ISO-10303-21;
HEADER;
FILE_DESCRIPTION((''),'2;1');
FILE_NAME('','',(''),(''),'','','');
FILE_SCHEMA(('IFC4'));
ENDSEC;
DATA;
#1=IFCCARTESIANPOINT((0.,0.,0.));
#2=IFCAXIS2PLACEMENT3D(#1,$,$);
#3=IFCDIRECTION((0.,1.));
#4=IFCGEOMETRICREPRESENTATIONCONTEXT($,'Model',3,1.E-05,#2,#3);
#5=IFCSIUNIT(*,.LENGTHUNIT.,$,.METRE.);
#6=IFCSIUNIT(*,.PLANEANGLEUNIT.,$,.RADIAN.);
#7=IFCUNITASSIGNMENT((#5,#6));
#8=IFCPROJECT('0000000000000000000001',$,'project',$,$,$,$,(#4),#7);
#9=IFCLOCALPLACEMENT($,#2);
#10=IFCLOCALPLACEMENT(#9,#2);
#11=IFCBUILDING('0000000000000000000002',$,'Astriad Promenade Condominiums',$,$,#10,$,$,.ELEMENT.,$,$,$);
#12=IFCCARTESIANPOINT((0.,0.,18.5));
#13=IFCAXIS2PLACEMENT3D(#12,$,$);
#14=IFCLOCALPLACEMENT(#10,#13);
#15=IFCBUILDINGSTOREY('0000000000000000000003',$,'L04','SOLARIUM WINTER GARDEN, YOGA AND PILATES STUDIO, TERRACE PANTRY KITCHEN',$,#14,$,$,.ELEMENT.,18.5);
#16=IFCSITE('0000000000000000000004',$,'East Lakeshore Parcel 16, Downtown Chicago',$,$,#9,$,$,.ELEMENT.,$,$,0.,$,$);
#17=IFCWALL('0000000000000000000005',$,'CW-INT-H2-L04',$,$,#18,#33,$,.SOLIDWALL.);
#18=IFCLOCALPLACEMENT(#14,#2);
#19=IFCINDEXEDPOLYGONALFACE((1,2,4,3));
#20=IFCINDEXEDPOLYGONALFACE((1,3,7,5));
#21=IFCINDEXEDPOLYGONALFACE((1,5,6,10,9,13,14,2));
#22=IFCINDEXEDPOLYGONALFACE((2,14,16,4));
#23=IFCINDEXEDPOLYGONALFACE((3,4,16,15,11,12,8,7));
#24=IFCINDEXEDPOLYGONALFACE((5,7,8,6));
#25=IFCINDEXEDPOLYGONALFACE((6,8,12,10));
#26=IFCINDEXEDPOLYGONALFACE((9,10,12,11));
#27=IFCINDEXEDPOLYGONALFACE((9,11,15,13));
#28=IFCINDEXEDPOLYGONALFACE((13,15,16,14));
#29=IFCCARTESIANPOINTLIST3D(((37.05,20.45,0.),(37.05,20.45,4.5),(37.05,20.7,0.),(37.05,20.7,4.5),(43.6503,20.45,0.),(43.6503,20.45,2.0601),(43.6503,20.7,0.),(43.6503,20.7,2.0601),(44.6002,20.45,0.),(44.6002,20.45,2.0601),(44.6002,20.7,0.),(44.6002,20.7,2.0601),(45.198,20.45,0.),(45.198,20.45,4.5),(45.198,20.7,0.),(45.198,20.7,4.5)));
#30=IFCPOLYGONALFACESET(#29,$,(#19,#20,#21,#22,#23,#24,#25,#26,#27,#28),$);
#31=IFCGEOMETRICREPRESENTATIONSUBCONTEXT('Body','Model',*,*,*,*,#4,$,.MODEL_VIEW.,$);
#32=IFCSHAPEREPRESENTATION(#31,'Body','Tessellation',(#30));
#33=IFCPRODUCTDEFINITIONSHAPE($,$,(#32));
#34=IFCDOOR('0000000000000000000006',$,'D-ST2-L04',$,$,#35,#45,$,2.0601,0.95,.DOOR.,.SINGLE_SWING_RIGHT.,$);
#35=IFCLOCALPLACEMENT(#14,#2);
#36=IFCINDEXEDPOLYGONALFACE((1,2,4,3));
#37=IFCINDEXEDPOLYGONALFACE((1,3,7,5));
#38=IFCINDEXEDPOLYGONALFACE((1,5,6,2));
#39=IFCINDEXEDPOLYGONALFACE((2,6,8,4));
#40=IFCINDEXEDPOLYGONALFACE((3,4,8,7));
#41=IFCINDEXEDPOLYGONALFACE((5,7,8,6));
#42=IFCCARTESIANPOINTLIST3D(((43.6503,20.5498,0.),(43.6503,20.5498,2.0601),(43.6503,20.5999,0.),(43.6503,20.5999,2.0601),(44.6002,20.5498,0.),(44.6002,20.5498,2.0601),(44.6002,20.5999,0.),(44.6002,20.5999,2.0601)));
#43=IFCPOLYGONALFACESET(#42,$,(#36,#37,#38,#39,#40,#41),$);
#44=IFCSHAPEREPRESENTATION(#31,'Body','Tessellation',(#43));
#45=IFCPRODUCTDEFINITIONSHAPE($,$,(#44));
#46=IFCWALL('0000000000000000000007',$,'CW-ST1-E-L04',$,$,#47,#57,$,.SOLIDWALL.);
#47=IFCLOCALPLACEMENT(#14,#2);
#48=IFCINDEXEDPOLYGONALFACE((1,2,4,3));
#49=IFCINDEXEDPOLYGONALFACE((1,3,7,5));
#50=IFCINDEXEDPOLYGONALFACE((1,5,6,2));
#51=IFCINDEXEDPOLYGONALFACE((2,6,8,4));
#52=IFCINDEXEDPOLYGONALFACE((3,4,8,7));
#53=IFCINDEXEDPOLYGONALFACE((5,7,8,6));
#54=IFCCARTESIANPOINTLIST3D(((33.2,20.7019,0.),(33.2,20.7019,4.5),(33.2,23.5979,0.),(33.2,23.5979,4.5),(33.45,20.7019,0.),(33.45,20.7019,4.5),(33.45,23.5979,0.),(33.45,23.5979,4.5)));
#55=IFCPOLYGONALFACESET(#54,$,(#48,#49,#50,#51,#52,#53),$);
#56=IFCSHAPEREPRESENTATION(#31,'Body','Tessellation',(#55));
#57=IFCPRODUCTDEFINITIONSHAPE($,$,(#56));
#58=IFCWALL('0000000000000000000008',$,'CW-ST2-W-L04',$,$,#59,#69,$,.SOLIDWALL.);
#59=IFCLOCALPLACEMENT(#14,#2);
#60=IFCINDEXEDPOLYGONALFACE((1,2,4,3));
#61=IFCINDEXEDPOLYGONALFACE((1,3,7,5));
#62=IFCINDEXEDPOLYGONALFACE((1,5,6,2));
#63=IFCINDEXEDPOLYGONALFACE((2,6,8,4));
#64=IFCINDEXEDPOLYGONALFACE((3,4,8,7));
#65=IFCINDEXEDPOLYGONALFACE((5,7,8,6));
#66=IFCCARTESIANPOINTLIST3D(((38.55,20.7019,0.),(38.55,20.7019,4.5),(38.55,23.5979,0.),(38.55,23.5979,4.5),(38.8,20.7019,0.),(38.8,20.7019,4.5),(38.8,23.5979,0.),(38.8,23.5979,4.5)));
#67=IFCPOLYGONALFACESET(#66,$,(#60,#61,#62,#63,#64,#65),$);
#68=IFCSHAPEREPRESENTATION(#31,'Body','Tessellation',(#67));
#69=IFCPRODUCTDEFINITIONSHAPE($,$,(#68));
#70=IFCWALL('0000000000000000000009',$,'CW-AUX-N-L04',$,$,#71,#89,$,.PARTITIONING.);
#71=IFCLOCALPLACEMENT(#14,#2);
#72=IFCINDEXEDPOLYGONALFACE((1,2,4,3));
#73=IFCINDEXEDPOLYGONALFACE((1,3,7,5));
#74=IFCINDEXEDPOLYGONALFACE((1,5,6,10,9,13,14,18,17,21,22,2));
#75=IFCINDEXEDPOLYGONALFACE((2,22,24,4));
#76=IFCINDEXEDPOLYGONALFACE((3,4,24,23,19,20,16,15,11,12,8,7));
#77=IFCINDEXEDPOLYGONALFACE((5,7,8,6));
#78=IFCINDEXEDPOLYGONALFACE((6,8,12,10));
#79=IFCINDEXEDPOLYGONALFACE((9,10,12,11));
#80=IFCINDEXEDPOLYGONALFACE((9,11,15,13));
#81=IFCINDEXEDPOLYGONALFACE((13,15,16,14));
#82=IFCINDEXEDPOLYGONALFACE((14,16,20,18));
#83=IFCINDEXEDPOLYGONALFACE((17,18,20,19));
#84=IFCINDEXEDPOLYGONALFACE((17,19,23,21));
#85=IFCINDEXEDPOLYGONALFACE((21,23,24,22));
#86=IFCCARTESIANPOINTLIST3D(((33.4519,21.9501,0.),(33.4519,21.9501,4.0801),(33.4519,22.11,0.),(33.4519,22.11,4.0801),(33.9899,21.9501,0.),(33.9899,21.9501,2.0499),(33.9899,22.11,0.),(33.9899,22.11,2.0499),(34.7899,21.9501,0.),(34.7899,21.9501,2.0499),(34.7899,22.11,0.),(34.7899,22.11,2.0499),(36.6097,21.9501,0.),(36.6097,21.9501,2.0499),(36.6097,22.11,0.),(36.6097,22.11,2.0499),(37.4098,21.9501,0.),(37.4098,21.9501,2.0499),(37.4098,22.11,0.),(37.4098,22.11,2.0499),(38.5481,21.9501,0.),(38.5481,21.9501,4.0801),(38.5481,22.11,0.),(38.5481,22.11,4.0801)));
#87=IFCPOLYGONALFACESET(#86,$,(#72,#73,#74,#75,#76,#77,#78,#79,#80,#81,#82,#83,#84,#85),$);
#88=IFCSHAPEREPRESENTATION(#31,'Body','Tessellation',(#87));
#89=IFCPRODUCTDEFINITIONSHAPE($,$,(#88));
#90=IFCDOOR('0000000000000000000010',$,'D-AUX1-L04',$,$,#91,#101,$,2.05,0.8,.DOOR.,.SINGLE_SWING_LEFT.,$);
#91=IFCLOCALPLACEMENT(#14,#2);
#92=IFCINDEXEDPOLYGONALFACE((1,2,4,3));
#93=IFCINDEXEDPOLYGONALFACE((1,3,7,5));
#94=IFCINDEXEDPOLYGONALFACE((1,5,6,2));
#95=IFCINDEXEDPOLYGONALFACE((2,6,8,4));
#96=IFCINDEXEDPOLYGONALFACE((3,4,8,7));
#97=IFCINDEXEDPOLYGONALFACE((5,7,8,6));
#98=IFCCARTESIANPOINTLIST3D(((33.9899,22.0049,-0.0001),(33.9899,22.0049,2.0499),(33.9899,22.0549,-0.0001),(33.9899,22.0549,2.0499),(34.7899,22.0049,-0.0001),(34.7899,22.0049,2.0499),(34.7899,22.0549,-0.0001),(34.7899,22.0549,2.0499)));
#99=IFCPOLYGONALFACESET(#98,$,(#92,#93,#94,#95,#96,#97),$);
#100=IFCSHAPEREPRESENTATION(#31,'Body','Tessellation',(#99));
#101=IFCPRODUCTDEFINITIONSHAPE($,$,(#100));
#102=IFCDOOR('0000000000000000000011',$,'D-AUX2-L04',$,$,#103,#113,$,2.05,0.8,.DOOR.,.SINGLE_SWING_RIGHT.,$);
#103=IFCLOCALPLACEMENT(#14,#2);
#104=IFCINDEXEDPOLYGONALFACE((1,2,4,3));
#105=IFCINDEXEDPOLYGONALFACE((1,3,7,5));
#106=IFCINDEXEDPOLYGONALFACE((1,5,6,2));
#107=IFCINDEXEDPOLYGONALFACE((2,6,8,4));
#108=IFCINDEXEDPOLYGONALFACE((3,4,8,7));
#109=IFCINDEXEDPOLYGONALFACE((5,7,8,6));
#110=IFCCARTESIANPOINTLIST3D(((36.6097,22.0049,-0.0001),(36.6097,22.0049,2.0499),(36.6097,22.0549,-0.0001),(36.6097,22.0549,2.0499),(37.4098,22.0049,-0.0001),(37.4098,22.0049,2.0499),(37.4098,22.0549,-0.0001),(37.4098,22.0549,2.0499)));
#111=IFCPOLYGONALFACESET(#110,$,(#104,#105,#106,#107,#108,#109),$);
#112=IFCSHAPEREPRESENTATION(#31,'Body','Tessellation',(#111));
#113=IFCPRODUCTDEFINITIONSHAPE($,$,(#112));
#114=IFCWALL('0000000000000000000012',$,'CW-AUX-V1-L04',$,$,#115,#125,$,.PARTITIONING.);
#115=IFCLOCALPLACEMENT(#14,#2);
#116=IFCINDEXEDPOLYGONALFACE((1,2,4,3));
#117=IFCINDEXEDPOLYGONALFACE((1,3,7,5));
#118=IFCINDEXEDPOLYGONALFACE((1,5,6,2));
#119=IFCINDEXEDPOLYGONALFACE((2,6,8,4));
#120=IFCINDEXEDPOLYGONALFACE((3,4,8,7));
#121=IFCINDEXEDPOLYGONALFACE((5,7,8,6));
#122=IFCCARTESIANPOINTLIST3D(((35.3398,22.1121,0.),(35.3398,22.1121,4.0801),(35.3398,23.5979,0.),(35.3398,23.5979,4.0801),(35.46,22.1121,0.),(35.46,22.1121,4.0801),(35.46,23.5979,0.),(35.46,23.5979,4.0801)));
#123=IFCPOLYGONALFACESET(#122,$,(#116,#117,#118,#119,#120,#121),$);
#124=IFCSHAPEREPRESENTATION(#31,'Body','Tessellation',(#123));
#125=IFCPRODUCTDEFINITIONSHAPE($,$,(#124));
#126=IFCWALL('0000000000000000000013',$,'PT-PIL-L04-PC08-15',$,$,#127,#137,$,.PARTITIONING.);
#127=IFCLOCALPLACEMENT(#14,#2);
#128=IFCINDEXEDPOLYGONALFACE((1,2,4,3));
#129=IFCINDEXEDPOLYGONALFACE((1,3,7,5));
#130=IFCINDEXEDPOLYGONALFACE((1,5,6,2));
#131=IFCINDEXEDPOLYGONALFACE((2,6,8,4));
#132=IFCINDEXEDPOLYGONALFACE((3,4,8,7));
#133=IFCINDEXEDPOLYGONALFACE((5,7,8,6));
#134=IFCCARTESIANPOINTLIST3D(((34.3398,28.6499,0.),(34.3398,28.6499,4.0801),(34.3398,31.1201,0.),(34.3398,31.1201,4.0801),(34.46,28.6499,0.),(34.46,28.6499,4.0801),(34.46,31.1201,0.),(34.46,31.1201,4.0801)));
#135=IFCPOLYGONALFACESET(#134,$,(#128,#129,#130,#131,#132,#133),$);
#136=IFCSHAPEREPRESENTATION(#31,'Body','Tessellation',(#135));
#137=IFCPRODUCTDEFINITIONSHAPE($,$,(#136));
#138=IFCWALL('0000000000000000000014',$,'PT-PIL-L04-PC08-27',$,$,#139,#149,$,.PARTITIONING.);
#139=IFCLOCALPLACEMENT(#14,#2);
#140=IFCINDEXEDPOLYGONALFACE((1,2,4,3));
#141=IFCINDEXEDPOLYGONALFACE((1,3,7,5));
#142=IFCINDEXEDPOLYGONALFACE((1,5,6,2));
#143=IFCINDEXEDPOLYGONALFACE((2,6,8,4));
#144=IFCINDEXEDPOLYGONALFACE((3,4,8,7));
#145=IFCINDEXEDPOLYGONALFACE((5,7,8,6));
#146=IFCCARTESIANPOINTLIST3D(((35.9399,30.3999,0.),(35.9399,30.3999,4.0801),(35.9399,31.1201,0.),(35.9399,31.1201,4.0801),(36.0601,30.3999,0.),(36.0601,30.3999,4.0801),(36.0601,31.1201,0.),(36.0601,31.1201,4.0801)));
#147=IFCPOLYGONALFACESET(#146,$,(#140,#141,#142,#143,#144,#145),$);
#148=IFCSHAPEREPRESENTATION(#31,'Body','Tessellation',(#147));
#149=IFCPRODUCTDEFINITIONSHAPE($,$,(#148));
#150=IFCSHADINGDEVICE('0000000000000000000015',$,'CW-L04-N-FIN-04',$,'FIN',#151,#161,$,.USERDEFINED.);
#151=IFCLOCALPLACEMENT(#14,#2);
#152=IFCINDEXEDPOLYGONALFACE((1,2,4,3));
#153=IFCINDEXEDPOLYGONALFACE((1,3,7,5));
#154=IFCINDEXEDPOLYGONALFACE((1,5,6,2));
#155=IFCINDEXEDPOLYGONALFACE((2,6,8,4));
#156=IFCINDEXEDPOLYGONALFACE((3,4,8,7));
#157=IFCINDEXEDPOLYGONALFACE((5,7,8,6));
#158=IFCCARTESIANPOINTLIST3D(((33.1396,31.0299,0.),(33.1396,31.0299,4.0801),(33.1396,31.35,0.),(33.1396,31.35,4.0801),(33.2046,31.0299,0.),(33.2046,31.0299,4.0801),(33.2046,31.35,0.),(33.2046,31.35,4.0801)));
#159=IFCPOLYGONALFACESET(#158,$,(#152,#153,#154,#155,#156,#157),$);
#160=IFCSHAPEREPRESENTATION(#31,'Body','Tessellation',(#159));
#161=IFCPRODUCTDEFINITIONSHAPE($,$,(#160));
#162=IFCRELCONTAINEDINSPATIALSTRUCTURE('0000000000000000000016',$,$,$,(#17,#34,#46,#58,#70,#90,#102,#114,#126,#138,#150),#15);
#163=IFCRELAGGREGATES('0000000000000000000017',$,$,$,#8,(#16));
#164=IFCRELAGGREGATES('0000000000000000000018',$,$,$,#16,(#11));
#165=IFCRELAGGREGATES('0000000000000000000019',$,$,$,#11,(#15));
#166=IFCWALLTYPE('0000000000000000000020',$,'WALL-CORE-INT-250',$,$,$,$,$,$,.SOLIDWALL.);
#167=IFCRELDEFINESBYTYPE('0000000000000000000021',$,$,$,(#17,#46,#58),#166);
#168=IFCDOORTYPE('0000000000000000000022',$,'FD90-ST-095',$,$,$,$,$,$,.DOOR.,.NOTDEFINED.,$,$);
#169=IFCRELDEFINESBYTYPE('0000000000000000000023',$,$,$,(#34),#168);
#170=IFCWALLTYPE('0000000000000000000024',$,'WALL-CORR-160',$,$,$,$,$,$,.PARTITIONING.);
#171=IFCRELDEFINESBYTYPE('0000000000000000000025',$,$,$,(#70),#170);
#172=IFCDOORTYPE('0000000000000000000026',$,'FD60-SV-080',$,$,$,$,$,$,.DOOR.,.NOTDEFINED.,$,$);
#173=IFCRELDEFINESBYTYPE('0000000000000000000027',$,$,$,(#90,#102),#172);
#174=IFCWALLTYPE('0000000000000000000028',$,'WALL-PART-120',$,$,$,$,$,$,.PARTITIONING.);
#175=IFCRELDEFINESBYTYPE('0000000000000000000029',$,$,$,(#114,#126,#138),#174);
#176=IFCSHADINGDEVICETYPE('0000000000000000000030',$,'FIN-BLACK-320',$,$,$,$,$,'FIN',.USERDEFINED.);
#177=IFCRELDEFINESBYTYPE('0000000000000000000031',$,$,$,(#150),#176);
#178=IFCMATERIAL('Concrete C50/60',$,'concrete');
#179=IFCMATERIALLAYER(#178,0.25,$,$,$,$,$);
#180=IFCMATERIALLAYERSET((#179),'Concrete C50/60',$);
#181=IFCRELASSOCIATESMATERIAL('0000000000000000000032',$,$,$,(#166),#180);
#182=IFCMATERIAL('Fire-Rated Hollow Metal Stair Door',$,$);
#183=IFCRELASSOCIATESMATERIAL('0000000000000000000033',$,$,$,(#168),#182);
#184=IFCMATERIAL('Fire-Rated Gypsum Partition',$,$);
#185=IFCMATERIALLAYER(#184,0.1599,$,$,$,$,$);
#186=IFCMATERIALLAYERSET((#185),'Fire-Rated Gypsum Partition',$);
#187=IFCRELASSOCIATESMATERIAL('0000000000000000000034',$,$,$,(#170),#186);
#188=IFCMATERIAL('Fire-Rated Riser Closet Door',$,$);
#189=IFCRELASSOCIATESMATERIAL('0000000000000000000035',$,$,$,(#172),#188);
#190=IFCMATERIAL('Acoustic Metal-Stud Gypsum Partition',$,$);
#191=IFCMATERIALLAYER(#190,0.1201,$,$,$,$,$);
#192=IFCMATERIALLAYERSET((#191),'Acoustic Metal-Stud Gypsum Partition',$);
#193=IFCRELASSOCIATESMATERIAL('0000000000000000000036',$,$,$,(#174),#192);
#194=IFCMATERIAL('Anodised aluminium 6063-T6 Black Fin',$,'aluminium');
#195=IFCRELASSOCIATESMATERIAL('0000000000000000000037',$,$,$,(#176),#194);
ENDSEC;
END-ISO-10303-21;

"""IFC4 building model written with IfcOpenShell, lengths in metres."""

from ifc_helpers import new_model, si_unit, direction, frame, frame_2d, origin, origin_2d, place, context, subcontext, project, spatial, rectangle, extrude, source, transform, mapped, material, layer, layer_set, type_object, type_shapes, element, fill, save


model = new_model("IFC4")

# Units and contexts
model_context = context("Model", 3, precision=1e-05, world=origin(), true_north=direction((0.0, 1.0)))
body_context = subcontext(model_context, "Body", "Model", "MODEL_VIEW")
ifc_project = project(units=[si_unit("LENGTHUNIT", "METRE"), si_unit("PLANEANGLEUNIT", "RADIAN")], contexts=[model_context])

# Site, building, storey
site_placement = place(None, origin())
site = spatial("IfcSite", under=ifc_project, at=site_placement, Name="East Lakeshore Parcel 16, Downtown Chicago", CompositionType="ELEMENT", RefElevation=0.0)
building_placement = place(site_placement, origin())
building = spatial("IfcBuilding", under=site, at=building_placement, Name="Astriad Promenade Condominiums", CompositionType="ELEMENT")
storey_placement = place(building_placement, frame((0.0, 0.0, 18.5)))
storey = spatial("IfcBuildingStorey", under=building, at=storey_placement, Name="L04", Description="SOLARIUM WINTER GARDEN, YOGA AND PILATES STUDIO, TERRACE PANTRY KITCHEN", CompositionType="ELEMENT", Elevation=18.5)

# Wall, opening, door
ifc_material_1 = material(Name="Concrete C50/60", Category="concrete")
ifc_layer_1 = layer(ifc_material_1, 0.25)
ifc_layer_set_1 = layer_set([ifc_layer_1], Name="Concrete C50/60")
wall_type_1 = type_object("IfcWallType", Name="WALL-CORE-INT-250", PredefinedType="SOLIDWALL", material=ifc_layer_set_1)
wall_1_placement = place(storey_placement, frame((37.05, 20.575, 0.0), z_axis=(0.0, 0.0, 1.0), x_axis=(1.0, 0.0, 0.0)))
wall_1 = element("IfcWall", 1, at=wall_1_placement, inside=storey, type_object=wall_type_1, Name="CW-INT-H2-L04", PredefinedType="SOLIDWALL", context=body_context, shape_type="SweptSolid", body=[
    extrude(rectangle(XDim=8.1479, YDim=0.25, at=frame_2d((4.074, 0.0))), origin(), (0.0, 0.0, 1.0), 4.5),
])
opening_1_placement = place(wall_1_placement, frame((6.6001, 0.0, 0.0)))
opening_1 = element("IfcOpeningElement", 2, at=opening_1_placement, cuts=wall_1, PredefinedType="OPENING", context=body_context, shape_type="SweptSolid", body=[
    extrude(rectangle(XDim=0.95, YDim=2.0601, at=frame_2d((0.4751, 1.03))), frame((0.0, 0.135, 0.0), z_axis=(0.0, -1.0, 0.0), x_axis=(1.0, 0.0, 0.0)), (0.0, 0.0, 1.0), 0.27),
])
ifc_material_2 = material(Name="Fire-Rated Hollow Metal Stair Door")
door_type_1 = type_object("IfcDoorType", Name="FD90-ST-095", OperationType="NOTDEFINED", PredefinedType="DOOR", material=ifc_material_2)
shared_shape_1 = source(origin(), body_context, "Body", "SweptSolid", [
    extrude(rectangle(XDim=0.95, YDim=2.0601, at=frame_2d((0.4751, 1.03))), frame((0.0, 0.0249, 0.0), z_axis=(0.0, -1.0, 0.0), x_axis=(1.0, 0.0, 0.0)), (0.0, 0.0, 1.0), 0.05),
])
type_shapes(door_type_1, [shared_shape_1])
door_1_placement = place(opening_1_placement, origin())
door_1 = element("IfcDoor", 3, at=door_1_placement, inside=storey, type_object=door_type_1, Name="D-ST2-L04", OperationType="SINGLE_SWING_RIGHT", OverallHeight=2.0601, OverallWidth=0.95, PredefinedType="DOOR", context=body_context, shape_type="MappedRepresentation", body=[
    mapped(shared_shape_1, transform((0.0, 0.0, 0.0), scale=1.0)),
])
fill(opening_1, door_1)

# Walls
for number, where, z_axis, x_axis, name in (
    (4, (33.325, 20.7019, 0.0), (0.0, 0.0, 1.0), (0.0, 1.0, 0.0), "CW-ST1-E-L04"),
    (5, (38.675, 20.7019, 0.0), (0.0, 0.0, 1.0), (0.0, 1.0, 0.0), "CW-ST2-W-L04"),
):
    element("IfcWall", number, at=place(storey_placement, frame(where, z_axis=z_axis, x_axis=x_axis)), inside=storey, type_object=wall_type_1, Name=name, PredefinedType="SOLIDWALL", context=body_context, shape_type="SweptSolid", body=[
        extrude(rectangle(XDim=2.896, YDim=0.25, at=frame_2d((1.448, 0.0))), origin(), (0.0, 0.0, 1.0), 4.5),
    ])

# Wall, openings, doors
ifc_material_3 = material(Name="Fire-Rated Gypsum Partition")
ifc_layer_2 = layer(ifc_material_3, 0.1599)
ifc_layer_set_2 = layer_set([ifc_layer_2], Name="Fire-Rated Gypsum Partition")
wall_type_2 = type_object("IfcWallType", Name="WALL-CORR-160", PredefinedType="PARTITIONING", material=ifc_layer_set_2)
wall_2_placement = place(storey_placement, frame((33.4519, 22.03, 0.0), z_axis=(0.0, 0.0, 1.0), x_axis=(1.0, 0.0, 0.0)))
wall_2 = element("IfcWall", 6, at=wall_2_placement, inside=storey, type_object=wall_type_2, Name="CW-AUX-N-L04", PredefinedType="PARTITIONING", context=body_context, shape_type="SweptSolid", body=[
    extrude(rectangle(XDim=5.0962, YDim=0.1599, at=frame_2d((2.5481, 0.0))), origin(), (0.0, 0.0, 1.0), 4.0801),
])
opening_2_placement = place(wall_2_placement, frame((0.5381, 0.0, 0.0)))
opening_2 = element("IfcOpeningElement", 7, at=opening_2_placement, cuts=wall_2, PredefinedType="OPENING", context=body_context, shape_type="SweptSolid", body=[
    extrude(rectangle(XDim=0.8, YDim=2.05, at=frame_2d((0.3999, 1.0249))), frame((0.0, 0.0898, 0.0), z_axis=(0.0, -1.0, 0.0), x_axis=(1.0, 0.0, 0.0)), (0.0, 0.0, 1.0), 0.1799),
])
opening_3_placement = place(wall_2_placement, frame((3.158, 0.0, 0.0)))
opening_3 = element("IfcOpeningElement", 8, at=opening_3_placement, cuts=wall_2, PredefinedType="OPENING", context=body_context, shape_type="SweptSolid", body=[
    extrude(rectangle(XDim=0.8, YDim=2.05, at=frame_2d((0.3999, 1.0249))), frame((0.0, 0.0898, 0.0), z_axis=(0.0, -1.0, 0.0), x_axis=(1.0, 0.0, 0.0)), (0.0, 0.0, 1.0), 0.1799),
])
ifc_material_4 = material(Name="Fire-Rated Riser Closet Door")
door_type_2 = type_object("IfcDoorType", Name="FD60-SV-080", OperationType="NOTDEFINED", PredefinedType="DOOR", material=ifc_material_4)
shared_shape_2 = source(origin(), body_context, "Body", "SweptSolid", [
    extrude(rectangle(XDim=0.8, YDim=2.05, at=frame_2d((0.3999, 1.0249))), frame((0.0, 0.0249, 0.0), z_axis=(0.0, -1.0, 0.0), x_axis=(1.0, 0.0, 0.0)), (0.0, 0.0, 1.0), 0.05),
])
type_shapes(door_type_2, [shared_shape_2])
door_2_placement = place(opening_2_placement, origin())
door_2 = element("IfcDoor", 9, at=door_2_placement, inside=storey, type_object=door_type_2, Name="D-AUX1-L04", OperationType="SINGLE_SWING_LEFT", OverallHeight=2.05, OverallWidth=0.8, PredefinedType="DOOR", context=body_context, shape_type="MappedRepresentation", body=[
    mapped(shared_shape_2, transform((0.0, 0.0, 0.0), scale=1.0)),
])
fill(opening_2, door_2)
door_3_placement = place(opening_3_placement, origin())
door_3 = element("IfcDoor", 10, at=door_3_placement, inside=storey, type_object=door_type_2, Name="D-AUX2-L04", OperationType="SINGLE_SWING_RIGHT", OverallHeight=2.05, OverallWidth=0.8, PredefinedType="DOOR", context=body_context, shape_type="MappedRepresentation", body=[
    mapped(shared_shape_2, transform((0.0, 0.0, 0.0), scale=1.0)),
])
fill(opening_3, door_3)

# Walls
ifc_material_5 = material(Name="Acoustic Metal-Stud Gypsum Partition")
ifc_layer_3 = layer(ifc_material_5, 0.1201)
ifc_layer_set_3 = layer_set([ifc_layer_3], Name="Acoustic Metal-Stud Gypsum Partition")
wall_type_3 = type_object("IfcWallType", Name="WALL-PART-120", PredefinedType="PARTITIONING", material=ifc_layer_set_3)
wall_3_placement = place(storey_placement, frame((35.3999, 22.1121, 0.0), z_axis=(0.0, 0.0, 1.0), x_axis=(0.0, 1.0, 0.0)))
element("IfcWall", 11, at=wall_3_placement, inside=storey, type_object=wall_type_3, Name="CW-AUX-V1-L04", PredefinedType="PARTITIONING", context=body_context, shape_type="SweptSolid", body=[
    extrude(rectangle(XDim=1.4858, YDim=0.1201, at=frame_2d((0.7429, 0.0))), origin(), (0.0, 0.0, 1.0), 4.0801),
])
wall_4_placement = place(storey_placement, frame((34.3999, 28.6499, 0.0), z_axis=(0.0, 0.0, 1.0), x_axis=(0.0, 1.0, 0.0)))
element("IfcWall", 12, at=wall_4_placement, inside=storey, type_object=wall_type_3, Name="PT-PIL-L04-PC08-15", PredefinedType="PARTITIONING", context=body_context, shape_type="SweptSolid", body=[
    extrude(rectangle(XDim=2.4702, YDim=0.1201, at=frame_2d((1.2351, 0.0))), origin(), (0.0, 0.0, 1.0), 4.0801),
])
wall_5_placement = place(storey_placement, frame((36.0, 30.3999, 0.0), z_axis=(0.0, 0.0, 1.0), x_axis=(0.0, 1.0, 0.0)))
element("IfcWall", 13, at=wall_5_placement, inside=storey, type_object=wall_type_3, Name="PT-PIL-L04-PC08-27", PredefinedType="PARTITIONING", context=body_context, shape_type="SweptSolid", body=[
    extrude(rectangle(XDim=0.7202, YDim=0.1201, at=frame_2d((0.3601, 0.0))), origin(), (0.0, 0.0, 1.0), 4.0801),
])

# Shading device
ifc_material_6 = material(Name="Anodised aluminium 6063-T6 Black Fin", Category="aluminium")
shading_device_type = type_object("IfcShadingDeviceType", Name="FIN-BLACK-320", ElementType="FIN", PredefinedType="USERDEFINED", material=ifc_material_6)
shared_shape_3 = source(origin(), body_context, "Body", "SweptSolid", [
    extrude(rectangle(XDim=0.0649, YDim=0.3201, at=origin_2d()), origin(), (0.0, 0.0, 1.0), 4.0801),
])
type_shapes(shading_device_type, [shared_shape_3])
shading_device_placement = place(storey_placement, frame((33.1721, 31.1899, 0.0), z_axis=(0.0, 0.0, 1.0), x_axis=(1.0, 0.0, 0.0)))
element("IfcShadingDevice", 14, at=shading_device_placement, inside=storey, type_object=shading_device_type, Name="CW-L04-N-FIN-04", ObjectType="FIN", PredefinedType="USERDEFINED", context=body_context, shape_type="MappedRepresentation", body=[
    mapped(shared_shape_3, transform((0.0, 0.0, 0.0), scale=1.0)),
])

save(model, "model.ifc")
